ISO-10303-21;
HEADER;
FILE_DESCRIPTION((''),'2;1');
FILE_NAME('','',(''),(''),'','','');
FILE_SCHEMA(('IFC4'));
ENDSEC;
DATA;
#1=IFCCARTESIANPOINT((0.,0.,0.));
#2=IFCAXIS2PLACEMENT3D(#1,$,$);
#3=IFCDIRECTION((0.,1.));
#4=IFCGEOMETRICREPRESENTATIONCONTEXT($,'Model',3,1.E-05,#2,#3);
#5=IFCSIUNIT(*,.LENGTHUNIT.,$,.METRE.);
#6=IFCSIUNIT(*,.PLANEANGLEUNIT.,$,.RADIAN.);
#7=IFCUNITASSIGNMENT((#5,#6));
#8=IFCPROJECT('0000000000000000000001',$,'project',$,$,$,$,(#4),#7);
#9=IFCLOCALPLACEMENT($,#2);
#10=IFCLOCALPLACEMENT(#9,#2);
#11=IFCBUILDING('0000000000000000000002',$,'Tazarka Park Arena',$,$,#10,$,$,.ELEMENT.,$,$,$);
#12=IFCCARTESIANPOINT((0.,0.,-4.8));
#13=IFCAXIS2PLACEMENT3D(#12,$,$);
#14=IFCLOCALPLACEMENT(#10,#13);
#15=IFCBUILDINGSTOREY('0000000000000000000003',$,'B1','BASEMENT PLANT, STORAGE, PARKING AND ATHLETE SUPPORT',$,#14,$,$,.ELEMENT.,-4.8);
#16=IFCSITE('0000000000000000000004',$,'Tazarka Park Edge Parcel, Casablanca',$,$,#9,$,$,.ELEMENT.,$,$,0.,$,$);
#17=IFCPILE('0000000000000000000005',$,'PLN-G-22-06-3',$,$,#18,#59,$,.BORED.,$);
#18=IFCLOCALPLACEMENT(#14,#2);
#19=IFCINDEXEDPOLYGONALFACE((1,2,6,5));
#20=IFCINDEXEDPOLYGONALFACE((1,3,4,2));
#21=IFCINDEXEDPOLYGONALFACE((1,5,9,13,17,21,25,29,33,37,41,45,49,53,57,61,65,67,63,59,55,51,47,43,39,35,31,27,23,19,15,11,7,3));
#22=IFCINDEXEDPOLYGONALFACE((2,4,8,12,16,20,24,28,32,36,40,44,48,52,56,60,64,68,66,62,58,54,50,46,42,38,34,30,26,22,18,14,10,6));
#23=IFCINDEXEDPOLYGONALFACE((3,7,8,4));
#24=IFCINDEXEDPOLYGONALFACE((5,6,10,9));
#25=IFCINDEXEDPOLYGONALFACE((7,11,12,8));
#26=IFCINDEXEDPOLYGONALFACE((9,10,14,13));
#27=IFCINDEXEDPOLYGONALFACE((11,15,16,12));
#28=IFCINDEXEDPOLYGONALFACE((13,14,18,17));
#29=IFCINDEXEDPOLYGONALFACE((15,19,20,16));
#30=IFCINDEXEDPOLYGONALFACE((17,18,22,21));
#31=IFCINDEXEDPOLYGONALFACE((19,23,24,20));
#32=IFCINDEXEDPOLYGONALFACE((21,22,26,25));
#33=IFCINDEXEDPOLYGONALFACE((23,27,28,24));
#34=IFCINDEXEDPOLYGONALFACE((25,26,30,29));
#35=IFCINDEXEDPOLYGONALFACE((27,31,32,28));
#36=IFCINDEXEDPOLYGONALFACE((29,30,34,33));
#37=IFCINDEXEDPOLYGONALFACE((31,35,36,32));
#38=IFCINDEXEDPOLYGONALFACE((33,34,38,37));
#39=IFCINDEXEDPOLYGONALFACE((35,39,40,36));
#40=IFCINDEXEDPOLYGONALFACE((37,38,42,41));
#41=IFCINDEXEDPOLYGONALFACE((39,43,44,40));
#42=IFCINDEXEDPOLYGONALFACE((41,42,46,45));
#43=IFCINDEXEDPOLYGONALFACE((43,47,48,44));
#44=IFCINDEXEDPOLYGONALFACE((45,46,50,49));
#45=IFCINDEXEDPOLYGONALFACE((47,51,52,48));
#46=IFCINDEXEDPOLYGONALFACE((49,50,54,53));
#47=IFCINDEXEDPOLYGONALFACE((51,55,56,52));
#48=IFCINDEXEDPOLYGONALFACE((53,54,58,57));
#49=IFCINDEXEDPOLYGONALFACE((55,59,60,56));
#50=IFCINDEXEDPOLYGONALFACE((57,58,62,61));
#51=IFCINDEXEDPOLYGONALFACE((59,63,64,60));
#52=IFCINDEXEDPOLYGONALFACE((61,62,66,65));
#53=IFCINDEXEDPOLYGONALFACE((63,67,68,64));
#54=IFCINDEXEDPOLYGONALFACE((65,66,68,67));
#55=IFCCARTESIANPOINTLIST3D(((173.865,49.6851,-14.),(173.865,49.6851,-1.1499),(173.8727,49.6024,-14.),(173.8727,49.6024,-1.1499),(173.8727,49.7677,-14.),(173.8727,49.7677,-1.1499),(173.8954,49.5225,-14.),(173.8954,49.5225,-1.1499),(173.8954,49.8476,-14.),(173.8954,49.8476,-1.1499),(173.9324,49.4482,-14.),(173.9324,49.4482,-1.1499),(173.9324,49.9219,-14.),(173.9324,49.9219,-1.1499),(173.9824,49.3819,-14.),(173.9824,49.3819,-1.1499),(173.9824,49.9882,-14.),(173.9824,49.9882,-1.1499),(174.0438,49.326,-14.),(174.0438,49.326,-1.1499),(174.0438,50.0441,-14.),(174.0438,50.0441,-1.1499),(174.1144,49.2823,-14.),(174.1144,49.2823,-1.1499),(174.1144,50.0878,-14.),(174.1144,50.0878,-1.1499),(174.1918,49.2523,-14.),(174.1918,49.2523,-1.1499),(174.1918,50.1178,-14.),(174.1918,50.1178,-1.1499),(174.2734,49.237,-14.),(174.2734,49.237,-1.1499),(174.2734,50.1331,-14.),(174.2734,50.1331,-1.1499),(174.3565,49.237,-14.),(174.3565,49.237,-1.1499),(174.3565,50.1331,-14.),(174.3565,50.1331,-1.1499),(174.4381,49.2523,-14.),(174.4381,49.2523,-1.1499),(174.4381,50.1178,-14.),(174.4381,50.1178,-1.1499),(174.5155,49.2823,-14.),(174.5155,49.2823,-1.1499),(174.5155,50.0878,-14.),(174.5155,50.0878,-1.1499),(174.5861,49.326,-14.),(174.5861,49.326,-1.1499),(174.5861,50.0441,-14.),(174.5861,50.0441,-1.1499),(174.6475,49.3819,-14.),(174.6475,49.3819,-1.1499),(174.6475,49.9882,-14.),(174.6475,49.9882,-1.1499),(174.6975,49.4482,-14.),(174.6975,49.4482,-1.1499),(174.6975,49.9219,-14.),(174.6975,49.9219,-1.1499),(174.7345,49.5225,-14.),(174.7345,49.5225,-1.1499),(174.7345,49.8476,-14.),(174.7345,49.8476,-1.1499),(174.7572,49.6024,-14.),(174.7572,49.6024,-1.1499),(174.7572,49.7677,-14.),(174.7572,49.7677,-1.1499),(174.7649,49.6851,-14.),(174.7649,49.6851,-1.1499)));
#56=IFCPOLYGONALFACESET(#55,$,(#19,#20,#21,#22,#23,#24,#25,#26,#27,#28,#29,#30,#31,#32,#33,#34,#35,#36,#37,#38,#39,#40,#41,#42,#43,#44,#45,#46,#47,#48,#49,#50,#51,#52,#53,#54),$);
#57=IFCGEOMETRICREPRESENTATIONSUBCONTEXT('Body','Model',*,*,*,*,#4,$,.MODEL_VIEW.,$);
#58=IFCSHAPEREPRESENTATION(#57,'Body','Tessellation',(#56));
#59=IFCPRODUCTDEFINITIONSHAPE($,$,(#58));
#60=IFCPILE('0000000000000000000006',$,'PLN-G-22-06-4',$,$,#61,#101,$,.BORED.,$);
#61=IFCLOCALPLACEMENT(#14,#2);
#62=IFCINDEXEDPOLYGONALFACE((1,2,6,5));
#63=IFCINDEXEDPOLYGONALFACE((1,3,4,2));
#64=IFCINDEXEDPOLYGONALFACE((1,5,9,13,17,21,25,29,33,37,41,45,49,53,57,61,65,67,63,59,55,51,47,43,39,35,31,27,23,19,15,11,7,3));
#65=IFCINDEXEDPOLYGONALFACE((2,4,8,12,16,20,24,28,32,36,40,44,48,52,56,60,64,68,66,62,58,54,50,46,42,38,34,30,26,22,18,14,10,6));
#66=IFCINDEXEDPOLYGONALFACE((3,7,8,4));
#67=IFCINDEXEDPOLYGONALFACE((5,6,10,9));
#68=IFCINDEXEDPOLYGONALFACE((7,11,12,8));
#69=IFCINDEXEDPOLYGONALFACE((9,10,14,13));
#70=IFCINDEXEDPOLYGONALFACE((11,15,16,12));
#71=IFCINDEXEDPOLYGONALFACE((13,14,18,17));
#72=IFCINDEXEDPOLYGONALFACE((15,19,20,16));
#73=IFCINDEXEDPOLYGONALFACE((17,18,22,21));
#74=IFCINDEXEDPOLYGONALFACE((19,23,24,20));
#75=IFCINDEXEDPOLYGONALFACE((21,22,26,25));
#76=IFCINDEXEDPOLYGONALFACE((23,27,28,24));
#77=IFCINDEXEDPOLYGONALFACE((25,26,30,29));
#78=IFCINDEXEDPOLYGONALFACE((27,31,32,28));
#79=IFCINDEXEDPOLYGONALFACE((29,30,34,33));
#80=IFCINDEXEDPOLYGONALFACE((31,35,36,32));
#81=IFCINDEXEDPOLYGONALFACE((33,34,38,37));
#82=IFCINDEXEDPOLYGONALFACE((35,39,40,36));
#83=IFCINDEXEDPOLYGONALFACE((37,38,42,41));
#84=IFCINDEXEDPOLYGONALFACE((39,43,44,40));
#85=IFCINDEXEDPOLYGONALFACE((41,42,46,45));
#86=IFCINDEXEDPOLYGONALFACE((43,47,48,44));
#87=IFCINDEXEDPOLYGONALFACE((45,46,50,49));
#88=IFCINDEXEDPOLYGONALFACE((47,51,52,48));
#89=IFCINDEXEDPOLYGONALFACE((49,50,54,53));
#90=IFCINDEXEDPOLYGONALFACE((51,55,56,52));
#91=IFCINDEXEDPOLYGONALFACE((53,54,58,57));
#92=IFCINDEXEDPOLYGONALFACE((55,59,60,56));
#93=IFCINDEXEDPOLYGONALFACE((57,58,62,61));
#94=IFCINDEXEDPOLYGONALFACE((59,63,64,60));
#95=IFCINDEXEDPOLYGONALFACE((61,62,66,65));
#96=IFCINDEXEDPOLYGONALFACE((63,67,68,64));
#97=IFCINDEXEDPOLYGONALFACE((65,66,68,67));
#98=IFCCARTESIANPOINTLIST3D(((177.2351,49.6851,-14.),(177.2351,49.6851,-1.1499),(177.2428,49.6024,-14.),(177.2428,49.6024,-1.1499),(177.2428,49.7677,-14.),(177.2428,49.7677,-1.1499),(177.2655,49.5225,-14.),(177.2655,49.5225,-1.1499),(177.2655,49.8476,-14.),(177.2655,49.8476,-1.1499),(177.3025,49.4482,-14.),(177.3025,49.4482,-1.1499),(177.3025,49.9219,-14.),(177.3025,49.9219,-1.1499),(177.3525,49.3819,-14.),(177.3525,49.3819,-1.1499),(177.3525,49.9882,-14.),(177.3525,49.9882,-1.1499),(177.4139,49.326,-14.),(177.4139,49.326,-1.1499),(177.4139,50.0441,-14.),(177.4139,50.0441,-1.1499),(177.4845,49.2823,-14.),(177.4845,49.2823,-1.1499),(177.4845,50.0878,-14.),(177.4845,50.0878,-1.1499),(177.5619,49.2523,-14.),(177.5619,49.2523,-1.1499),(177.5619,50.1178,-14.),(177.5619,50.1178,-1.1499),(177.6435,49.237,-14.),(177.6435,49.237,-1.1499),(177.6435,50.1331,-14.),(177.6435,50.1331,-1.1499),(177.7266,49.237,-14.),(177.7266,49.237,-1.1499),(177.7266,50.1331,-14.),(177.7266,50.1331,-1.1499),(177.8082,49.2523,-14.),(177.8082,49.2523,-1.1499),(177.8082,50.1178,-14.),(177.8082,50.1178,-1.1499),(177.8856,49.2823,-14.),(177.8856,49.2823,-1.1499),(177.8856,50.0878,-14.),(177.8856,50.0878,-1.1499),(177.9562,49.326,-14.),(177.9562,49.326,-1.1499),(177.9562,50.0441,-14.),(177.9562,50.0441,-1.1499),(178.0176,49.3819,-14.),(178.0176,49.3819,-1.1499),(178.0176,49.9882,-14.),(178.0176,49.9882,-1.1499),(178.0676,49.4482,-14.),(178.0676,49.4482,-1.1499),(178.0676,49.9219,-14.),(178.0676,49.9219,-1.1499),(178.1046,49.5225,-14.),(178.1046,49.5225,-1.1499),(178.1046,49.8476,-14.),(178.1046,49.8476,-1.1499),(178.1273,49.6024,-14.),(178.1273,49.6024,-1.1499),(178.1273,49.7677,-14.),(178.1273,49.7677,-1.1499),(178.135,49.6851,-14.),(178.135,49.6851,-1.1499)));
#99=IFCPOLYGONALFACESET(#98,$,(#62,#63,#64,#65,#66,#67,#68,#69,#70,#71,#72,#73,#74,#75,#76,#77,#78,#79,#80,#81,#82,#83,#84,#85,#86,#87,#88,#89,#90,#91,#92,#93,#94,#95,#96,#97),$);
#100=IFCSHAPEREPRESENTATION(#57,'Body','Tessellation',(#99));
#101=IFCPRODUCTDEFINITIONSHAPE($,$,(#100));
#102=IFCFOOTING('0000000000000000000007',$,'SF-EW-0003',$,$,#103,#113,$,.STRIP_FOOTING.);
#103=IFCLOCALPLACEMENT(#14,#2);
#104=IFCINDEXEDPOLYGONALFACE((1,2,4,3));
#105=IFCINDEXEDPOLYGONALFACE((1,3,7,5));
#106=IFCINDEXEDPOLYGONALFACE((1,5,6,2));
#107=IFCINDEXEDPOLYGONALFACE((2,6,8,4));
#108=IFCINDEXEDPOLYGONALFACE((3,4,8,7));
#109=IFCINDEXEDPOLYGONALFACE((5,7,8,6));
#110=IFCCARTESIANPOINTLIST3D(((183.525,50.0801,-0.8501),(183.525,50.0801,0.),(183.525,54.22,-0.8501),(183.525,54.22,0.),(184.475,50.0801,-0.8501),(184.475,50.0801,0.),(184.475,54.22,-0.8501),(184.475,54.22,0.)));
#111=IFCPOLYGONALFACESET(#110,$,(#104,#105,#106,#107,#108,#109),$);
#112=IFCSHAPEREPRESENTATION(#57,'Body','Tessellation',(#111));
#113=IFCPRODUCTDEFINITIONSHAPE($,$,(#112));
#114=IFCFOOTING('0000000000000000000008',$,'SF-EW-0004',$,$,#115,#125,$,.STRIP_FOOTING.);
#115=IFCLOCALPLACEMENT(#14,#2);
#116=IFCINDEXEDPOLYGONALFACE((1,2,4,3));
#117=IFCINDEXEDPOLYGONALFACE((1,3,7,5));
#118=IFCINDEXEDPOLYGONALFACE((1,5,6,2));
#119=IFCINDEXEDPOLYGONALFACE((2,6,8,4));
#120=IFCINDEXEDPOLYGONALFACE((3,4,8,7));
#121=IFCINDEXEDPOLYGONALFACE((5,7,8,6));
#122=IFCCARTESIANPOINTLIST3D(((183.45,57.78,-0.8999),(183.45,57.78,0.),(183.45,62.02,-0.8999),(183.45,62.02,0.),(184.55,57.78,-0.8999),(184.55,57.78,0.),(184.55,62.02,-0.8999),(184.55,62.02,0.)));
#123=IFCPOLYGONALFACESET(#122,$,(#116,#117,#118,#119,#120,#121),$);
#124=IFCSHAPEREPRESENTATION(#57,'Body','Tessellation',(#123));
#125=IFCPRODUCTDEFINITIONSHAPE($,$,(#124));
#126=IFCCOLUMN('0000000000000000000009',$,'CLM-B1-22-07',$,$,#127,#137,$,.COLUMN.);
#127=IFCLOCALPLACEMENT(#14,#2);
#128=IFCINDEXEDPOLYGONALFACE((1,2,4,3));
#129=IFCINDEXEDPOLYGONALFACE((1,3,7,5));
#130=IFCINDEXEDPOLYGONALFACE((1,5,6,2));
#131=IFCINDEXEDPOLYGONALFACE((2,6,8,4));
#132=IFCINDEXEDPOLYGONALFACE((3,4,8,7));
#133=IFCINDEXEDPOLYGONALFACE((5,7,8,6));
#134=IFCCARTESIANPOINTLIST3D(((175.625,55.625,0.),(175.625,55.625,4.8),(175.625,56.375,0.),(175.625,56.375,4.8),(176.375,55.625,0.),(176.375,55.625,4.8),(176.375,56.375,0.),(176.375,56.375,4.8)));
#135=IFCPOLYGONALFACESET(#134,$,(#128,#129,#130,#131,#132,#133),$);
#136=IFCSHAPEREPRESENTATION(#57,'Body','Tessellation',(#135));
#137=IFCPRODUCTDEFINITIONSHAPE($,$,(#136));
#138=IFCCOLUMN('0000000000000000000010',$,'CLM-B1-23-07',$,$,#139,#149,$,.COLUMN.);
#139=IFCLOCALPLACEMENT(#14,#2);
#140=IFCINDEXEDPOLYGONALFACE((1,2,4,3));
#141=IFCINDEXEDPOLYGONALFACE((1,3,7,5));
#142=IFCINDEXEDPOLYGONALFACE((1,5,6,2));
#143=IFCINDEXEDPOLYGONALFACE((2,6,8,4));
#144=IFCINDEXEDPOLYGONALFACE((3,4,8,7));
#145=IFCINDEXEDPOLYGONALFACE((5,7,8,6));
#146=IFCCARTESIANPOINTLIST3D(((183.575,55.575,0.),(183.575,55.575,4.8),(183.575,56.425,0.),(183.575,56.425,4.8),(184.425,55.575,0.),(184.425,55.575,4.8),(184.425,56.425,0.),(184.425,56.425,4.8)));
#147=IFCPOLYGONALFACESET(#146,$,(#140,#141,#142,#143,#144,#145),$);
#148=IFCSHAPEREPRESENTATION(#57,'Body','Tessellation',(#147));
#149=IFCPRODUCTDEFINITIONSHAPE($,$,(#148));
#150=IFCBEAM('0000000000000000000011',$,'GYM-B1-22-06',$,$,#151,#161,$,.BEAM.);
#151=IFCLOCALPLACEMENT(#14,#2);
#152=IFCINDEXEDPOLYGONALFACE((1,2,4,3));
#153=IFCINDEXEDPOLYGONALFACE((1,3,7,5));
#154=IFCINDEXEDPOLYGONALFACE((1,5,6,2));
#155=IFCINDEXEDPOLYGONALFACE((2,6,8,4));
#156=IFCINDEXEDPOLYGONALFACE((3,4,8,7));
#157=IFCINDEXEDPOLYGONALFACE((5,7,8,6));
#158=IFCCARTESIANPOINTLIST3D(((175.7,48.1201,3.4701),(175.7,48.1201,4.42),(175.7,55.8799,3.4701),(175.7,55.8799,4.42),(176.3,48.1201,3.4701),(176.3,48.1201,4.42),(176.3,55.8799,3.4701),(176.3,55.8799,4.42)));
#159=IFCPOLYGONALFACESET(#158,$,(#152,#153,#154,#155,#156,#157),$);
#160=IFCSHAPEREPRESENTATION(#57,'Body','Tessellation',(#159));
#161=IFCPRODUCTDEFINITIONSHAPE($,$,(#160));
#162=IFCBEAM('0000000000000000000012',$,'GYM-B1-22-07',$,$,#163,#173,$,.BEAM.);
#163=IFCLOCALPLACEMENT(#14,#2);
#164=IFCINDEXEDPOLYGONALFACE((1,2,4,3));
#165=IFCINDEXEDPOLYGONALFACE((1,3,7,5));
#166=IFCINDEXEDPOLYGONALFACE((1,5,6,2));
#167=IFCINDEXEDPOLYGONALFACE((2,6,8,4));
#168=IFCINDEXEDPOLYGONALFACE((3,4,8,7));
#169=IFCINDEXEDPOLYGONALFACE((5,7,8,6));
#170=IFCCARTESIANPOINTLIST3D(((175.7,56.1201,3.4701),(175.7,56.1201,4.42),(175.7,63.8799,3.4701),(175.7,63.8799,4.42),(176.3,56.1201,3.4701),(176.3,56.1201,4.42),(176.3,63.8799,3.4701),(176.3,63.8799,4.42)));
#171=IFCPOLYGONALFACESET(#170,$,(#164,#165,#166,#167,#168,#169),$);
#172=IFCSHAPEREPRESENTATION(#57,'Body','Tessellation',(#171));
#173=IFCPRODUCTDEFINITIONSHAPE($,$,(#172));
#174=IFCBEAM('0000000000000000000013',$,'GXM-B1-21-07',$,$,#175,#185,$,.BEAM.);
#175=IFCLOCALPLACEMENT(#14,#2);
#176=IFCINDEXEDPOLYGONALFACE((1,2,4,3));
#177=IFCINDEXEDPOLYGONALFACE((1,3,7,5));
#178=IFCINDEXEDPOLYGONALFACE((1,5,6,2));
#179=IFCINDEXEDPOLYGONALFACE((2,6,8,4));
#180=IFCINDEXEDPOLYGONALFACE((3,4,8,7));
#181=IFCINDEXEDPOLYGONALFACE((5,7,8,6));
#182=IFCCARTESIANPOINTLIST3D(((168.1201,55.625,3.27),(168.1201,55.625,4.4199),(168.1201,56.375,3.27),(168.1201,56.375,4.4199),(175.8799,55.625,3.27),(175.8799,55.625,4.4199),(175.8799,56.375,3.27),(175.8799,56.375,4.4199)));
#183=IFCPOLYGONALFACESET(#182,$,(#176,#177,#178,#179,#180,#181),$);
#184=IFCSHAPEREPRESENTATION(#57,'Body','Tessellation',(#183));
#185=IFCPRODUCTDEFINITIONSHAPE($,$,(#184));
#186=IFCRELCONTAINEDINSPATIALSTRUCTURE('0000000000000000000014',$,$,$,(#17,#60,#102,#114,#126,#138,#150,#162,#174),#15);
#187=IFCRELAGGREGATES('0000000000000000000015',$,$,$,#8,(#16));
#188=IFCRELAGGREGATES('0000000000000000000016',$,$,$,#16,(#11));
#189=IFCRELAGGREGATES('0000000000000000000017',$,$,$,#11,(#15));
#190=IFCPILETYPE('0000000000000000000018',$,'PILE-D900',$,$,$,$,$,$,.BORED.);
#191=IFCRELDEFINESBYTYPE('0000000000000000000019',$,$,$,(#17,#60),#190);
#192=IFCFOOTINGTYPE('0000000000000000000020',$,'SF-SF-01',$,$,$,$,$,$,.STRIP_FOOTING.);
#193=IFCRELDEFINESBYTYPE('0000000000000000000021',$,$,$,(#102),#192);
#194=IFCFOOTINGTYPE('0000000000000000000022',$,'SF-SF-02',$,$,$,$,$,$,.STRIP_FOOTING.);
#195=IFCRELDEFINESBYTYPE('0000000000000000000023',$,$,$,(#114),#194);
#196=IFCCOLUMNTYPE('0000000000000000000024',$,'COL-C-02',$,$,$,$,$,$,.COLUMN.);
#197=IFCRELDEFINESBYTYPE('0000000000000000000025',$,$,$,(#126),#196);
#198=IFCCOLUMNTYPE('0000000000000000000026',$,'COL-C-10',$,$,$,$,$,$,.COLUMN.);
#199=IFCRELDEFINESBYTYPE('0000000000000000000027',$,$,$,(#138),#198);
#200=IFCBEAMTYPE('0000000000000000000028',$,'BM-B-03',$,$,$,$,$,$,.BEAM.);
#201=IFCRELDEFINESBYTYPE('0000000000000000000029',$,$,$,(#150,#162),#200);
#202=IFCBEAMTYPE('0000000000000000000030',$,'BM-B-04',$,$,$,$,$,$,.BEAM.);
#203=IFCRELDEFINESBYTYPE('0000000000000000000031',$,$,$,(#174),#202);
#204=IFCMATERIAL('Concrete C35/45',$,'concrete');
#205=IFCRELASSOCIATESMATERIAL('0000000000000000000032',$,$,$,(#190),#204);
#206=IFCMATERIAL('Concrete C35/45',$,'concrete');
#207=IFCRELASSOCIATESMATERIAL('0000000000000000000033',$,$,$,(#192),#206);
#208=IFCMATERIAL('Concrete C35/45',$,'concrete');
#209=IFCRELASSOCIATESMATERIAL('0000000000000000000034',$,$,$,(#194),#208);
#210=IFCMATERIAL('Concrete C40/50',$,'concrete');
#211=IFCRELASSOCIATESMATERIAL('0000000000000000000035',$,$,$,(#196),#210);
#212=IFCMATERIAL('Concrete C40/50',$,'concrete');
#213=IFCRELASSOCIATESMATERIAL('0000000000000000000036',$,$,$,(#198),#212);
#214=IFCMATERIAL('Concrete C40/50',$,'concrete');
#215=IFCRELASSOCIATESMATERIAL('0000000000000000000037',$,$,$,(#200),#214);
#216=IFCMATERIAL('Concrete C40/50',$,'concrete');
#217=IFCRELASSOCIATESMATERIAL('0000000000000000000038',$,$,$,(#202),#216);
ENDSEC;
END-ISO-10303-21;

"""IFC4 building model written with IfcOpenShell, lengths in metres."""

from ifc_helpers import new_model, si_unit, direction, frame, origin, origin_2d, place, context, subcontext, project, spatial, rectangle, circle, extrude, material, material_profile, profile_set, type_object, element, save


model = new_model("IFC4")

# Units and contexts
model_context = context("Model", 3, precision=1e-05, world=origin(), true_north=direction((0.0, 1.0)))
body_context = subcontext(model_context, "Body", "Model", "MODEL_VIEW")
ifc_project = project(units=[si_unit("LENGTHUNIT", "METRE"), si_unit("PLANEANGLEUNIT", "RADIAN")], contexts=[model_context])

# Site, building, storey
site_placement = place(None, origin())
site = spatial("IfcSite", under=ifc_project, at=site_placement, Name="Tazarka Park Edge Parcel, Casablanca", CompositionType="ELEMENT", RefElevation=0.0)
building_placement = place(site_placement, origin())
building = spatial("IfcBuilding", under=site, at=building_placement, Name="Tazarka Park Arena", CompositionType="ELEMENT")
storey_placement = place(building_placement, frame((0.0, 0.0, -4.8)))
storey = spatial("IfcBuildingStorey", under=building, at=storey_placement, Name="B1", Description="BASEMENT PLANT, STORAGE, PARKING AND ATHLETE SUPPORT", CompositionType="ELEMENT", Elevation=-4.8)

# Piles
ifc_material_1 = material(Name="Concrete C35/45", Category="concrete")
ifc_material_profile_1 = material_profile(ifc_material_1, circle(Radius=0.45, at=origin_2d()), Name="Concrete C35/45")
ifc_profile_set_1 = profile_set([ifc_material_profile_1], Name="Concrete C35/45")
pile_type_1 = type_object("IfcPileType", Name="PILE-D900", PredefinedType="BORED", material=ifc_profile_set_1)
for number, where, z_axis, x_axis, name in (
    (1, (174.3149, 49.6851, -1.1499), (0.0, 0.0, -1.0), (1.0, 0.0, 0.0), "PLN-G-22-06-3"),
    (2, (177.6851, 49.6851, -1.1499), (0.0, 0.0, -1.0), (1.0, 0.0, 0.0), "PLN-G-22-06-4"),
):
    element("IfcPile", number, at=place(storey_placement, frame(where, z_axis=z_axis, x_axis=x_axis)), inside=storey, type_object=pile_type_1, Name=name, PredefinedType="BORED", context=body_context, shape_type="SweptSolid", body=[
        extrude(circle(Radius=0.45, at=origin_2d()), origin(), (0.0, 0.0, 1.0), 12.8501),
    ])

# Footings
ifc_material_2 = material(Name="Concrete C35/45", Category="concrete")
ifc_material_profile_2 = material_profile(ifc_material_2, rectangle(XDim=0.95, YDim=0.8501, at=origin_2d()), Name="Concrete C35/45")
ifc_profile_set_2 = profile_set([ifc_material_profile_2], Name="Concrete C35/45")
footing_type_1 = type_object("IfcFootingType", Name="SF-SF-01", PredefinedType="STRIP_FOOTING", material=ifc_profile_set_2)
footing_1_placement = place(storey_placement, frame((184.0, 54.22, -0.425), z_axis=(0.0, -1.0, 0.0), x_axis=(1.0, 0.0, 0.0)))
element("IfcFooting", 3, at=footing_1_placement, inside=storey, type_object=footing_type_1, Name="SF-EW-0003", PredefinedType="STRIP_FOOTING", context=body_context, shape_type="SweptSolid", body=[
    extrude(rectangle(XDim=0.95, YDim=0.8501, at=origin_2d()), origin(), (0.0, 0.0, 1.0), 4.1399),
])
ifc_material_3 = material(Name="Concrete C35/45", Category="concrete")
ifc_material_profile_3 = material_profile(ifc_material_3, rectangle(XDim=1.1001, YDim=0.8999, at=origin_2d()), Name="Concrete C35/45")
ifc_profile_set_3 = profile_set([ifc_material_profile_3], Name="Concrete C35/45")
footing_type_2 = type_object("IfcFootingType", Name="SF-SF-02", PredefinedType="STRIP_FOOTING", material=ifc_profile_set_3)
footing_2_placement = place(storey_placement, frame((184.0, 62.02, -0.45), z_axis=(0.0, -1.0, 0.0), x_axis=(1.0, 0.0, 0.0)))
element("IfcFooting", 4, at=footing_2_placement, inside=storey, type_object=footing_type_2, Name="SF-EW-0004", PredefinedType="STRIP_FOOTING", context=body_context, shape_type="SweptSolid", body=[
    extrude(rectangle(XDim=1.1001, YDim=0.8999, at=origin_2d()), origin(), (0.0, 0.0, 1.0), 4.24),
])

# Columns
ifc_material_4 = material(Name="Concrete C40/50", Category="concrete")
ifc_material_profile_4 = material_profile(ifc_material_4, rectangle(XDim=0.75, YDim=0.75, at=origin_2d()), Name="Concrete C40/50")
ifc_profile_set_4 = profile_set([ifc_material_profile_4], Name="Concrete C40/50")
column_type_1 = type_object("IfcColumnType", Name="COL-C-02", PredefinedType="COLUMN", material=ifc_profile_set_4)
column_1_placement = place(storey_placement, frame((176.0, 56.0, 0.0), z_axis=(0.0, 0.0, 1.0), x_axis=(1.0, 0.0, 0.0)))
element("IfcColumn", 5, at=column_1_placement, inside=storey, type_object=column_type_1, Name="CLM-B1-22-07", PredefinedType="COLUMN", context=body_context, shape_type="SweptSolid", body=[
    extrude(rectangle(XDim=0.75, YDim=0.75, at=origin_2d()), origin(), (0.0, 0.0, 1.0), 4.8),
])
ifc_material_5 = material(Name="Concrete C40/50", Category="concrete")
ifc_material_profile_5 = material_profile(ifc_material_5, rectangle(XDim=0.8501, YDim=0.8501, at=origin_2d()), Name="Concrete C40/50")
ifc_profile_set_5 = profile_set([ifc_material_profile_5], Name="Concrete C40/50")
column_type_2 = type_object("IfcColumnType", Name="COL-C-10", PredefinedType="COLUMN", material=ifc_profile_set_5)
column_2_placement = place(storey_placement, frame((184.0, 56.0, 0.0), z_axis=(0.0, 0.0, 1.0), x_axis=(1.0, 0.0, 0.0)))
element("IfcColumn", 6, at=column_2_placement, inside=storey, type_object=column_type_2, Name="CLM-B1-23-07", PredefinedType="COLUMN", context=body_context, shape_type="SweptSolid", body=[
    extrude(rectangle(XDim=0.8501, YDim=0.8501, at=origin_2d()), origin(), (0.0, 0.0, 1.0), 4.8),
])

# Beams
ifc_material_6 = material(Name="Concrete C40/50", Category="concrete")
ifc_material_profile_6 = material_profile(ifc_material_6, rectangle(XDim=0.6001, YDim=0.95, at=origin_2d()), Name="Concrete C40/50")
ifc_profile_set_6 = profile_set([ifc_material_profile_6], Name="Concrete C40/50")
beam_type_1 = type_object("IfcBeamType", Name="BM-B-03", PredefinedType="BEAM", material=ifc_profile_set_6)
for number, where, z_axis, x_axis, name in (
    (7, (176.0, 48.1201, 3.9451), (0.0, 1.0, 0.0), (-1.0, 0.0, 0.0), "GYM-B1-22-06"),
    (8, (176.0, 56.1201, 3.9451), (0.0, 1.0, 0.0), (-1.0, 0.0, 0.0), "GYM-B1-22-07"),
):
    element("IfcBeam", number, at=place(storey_placement, frame(where, z_axis=z_axis, x_axis=x_axis)), inside=storey, type_object=beam_type_1, Name=name, PredefinedType="BEAM", context=body_context, shape_type="SweptSolid", body=[
        extrude(rectangle(XDim=0.6001, YDim=0.95, at=origin_2d()), origin(), (0.0, 0.0, 1.0), 7.7598),
    ])
ifc_material_7 = material(Name="Concrete C40/50", Category="concrete")
ifc_material_profile_7 = material_profile(ifc_material_7, rectangle(XDim=0.75, YDim=1.1499, at=origin_2d()), Name="Concrete C40/50")
ifc_profile_set_7 = profile_set([ifc_material_profile_7], Name="Concrete C40/50")
beam_type_2 = type_object("IfcBeamType", Name="BM-B-04", PredefinedType="BEAM", material=ifc_profile_set_7)
for number, where, z_axis, x_axis, name in (
    (9, (168.1201, 56.0, 3.845), (1.0, 0.0, 0.0), (0.0, 1.0, 0.0), "GXM-B1-21-07"),
):
    element("IfcBeam", number, at=place(storey_placement, frame(where, z_axis=z_axis, x_axis=x_axis)), inside=storey, type_object=beam_type_2, Name=name, PredefinedType="BEAM", context=body_context, shape_type="SweptSolid", body=[
        extrude(rectangle(XDim=0.75, YDim=1.1499, at=origin_2d()), origin(), (0.0, 0.0, 1.0), 7.7598),
    ])

save(model, "model.ifc")
